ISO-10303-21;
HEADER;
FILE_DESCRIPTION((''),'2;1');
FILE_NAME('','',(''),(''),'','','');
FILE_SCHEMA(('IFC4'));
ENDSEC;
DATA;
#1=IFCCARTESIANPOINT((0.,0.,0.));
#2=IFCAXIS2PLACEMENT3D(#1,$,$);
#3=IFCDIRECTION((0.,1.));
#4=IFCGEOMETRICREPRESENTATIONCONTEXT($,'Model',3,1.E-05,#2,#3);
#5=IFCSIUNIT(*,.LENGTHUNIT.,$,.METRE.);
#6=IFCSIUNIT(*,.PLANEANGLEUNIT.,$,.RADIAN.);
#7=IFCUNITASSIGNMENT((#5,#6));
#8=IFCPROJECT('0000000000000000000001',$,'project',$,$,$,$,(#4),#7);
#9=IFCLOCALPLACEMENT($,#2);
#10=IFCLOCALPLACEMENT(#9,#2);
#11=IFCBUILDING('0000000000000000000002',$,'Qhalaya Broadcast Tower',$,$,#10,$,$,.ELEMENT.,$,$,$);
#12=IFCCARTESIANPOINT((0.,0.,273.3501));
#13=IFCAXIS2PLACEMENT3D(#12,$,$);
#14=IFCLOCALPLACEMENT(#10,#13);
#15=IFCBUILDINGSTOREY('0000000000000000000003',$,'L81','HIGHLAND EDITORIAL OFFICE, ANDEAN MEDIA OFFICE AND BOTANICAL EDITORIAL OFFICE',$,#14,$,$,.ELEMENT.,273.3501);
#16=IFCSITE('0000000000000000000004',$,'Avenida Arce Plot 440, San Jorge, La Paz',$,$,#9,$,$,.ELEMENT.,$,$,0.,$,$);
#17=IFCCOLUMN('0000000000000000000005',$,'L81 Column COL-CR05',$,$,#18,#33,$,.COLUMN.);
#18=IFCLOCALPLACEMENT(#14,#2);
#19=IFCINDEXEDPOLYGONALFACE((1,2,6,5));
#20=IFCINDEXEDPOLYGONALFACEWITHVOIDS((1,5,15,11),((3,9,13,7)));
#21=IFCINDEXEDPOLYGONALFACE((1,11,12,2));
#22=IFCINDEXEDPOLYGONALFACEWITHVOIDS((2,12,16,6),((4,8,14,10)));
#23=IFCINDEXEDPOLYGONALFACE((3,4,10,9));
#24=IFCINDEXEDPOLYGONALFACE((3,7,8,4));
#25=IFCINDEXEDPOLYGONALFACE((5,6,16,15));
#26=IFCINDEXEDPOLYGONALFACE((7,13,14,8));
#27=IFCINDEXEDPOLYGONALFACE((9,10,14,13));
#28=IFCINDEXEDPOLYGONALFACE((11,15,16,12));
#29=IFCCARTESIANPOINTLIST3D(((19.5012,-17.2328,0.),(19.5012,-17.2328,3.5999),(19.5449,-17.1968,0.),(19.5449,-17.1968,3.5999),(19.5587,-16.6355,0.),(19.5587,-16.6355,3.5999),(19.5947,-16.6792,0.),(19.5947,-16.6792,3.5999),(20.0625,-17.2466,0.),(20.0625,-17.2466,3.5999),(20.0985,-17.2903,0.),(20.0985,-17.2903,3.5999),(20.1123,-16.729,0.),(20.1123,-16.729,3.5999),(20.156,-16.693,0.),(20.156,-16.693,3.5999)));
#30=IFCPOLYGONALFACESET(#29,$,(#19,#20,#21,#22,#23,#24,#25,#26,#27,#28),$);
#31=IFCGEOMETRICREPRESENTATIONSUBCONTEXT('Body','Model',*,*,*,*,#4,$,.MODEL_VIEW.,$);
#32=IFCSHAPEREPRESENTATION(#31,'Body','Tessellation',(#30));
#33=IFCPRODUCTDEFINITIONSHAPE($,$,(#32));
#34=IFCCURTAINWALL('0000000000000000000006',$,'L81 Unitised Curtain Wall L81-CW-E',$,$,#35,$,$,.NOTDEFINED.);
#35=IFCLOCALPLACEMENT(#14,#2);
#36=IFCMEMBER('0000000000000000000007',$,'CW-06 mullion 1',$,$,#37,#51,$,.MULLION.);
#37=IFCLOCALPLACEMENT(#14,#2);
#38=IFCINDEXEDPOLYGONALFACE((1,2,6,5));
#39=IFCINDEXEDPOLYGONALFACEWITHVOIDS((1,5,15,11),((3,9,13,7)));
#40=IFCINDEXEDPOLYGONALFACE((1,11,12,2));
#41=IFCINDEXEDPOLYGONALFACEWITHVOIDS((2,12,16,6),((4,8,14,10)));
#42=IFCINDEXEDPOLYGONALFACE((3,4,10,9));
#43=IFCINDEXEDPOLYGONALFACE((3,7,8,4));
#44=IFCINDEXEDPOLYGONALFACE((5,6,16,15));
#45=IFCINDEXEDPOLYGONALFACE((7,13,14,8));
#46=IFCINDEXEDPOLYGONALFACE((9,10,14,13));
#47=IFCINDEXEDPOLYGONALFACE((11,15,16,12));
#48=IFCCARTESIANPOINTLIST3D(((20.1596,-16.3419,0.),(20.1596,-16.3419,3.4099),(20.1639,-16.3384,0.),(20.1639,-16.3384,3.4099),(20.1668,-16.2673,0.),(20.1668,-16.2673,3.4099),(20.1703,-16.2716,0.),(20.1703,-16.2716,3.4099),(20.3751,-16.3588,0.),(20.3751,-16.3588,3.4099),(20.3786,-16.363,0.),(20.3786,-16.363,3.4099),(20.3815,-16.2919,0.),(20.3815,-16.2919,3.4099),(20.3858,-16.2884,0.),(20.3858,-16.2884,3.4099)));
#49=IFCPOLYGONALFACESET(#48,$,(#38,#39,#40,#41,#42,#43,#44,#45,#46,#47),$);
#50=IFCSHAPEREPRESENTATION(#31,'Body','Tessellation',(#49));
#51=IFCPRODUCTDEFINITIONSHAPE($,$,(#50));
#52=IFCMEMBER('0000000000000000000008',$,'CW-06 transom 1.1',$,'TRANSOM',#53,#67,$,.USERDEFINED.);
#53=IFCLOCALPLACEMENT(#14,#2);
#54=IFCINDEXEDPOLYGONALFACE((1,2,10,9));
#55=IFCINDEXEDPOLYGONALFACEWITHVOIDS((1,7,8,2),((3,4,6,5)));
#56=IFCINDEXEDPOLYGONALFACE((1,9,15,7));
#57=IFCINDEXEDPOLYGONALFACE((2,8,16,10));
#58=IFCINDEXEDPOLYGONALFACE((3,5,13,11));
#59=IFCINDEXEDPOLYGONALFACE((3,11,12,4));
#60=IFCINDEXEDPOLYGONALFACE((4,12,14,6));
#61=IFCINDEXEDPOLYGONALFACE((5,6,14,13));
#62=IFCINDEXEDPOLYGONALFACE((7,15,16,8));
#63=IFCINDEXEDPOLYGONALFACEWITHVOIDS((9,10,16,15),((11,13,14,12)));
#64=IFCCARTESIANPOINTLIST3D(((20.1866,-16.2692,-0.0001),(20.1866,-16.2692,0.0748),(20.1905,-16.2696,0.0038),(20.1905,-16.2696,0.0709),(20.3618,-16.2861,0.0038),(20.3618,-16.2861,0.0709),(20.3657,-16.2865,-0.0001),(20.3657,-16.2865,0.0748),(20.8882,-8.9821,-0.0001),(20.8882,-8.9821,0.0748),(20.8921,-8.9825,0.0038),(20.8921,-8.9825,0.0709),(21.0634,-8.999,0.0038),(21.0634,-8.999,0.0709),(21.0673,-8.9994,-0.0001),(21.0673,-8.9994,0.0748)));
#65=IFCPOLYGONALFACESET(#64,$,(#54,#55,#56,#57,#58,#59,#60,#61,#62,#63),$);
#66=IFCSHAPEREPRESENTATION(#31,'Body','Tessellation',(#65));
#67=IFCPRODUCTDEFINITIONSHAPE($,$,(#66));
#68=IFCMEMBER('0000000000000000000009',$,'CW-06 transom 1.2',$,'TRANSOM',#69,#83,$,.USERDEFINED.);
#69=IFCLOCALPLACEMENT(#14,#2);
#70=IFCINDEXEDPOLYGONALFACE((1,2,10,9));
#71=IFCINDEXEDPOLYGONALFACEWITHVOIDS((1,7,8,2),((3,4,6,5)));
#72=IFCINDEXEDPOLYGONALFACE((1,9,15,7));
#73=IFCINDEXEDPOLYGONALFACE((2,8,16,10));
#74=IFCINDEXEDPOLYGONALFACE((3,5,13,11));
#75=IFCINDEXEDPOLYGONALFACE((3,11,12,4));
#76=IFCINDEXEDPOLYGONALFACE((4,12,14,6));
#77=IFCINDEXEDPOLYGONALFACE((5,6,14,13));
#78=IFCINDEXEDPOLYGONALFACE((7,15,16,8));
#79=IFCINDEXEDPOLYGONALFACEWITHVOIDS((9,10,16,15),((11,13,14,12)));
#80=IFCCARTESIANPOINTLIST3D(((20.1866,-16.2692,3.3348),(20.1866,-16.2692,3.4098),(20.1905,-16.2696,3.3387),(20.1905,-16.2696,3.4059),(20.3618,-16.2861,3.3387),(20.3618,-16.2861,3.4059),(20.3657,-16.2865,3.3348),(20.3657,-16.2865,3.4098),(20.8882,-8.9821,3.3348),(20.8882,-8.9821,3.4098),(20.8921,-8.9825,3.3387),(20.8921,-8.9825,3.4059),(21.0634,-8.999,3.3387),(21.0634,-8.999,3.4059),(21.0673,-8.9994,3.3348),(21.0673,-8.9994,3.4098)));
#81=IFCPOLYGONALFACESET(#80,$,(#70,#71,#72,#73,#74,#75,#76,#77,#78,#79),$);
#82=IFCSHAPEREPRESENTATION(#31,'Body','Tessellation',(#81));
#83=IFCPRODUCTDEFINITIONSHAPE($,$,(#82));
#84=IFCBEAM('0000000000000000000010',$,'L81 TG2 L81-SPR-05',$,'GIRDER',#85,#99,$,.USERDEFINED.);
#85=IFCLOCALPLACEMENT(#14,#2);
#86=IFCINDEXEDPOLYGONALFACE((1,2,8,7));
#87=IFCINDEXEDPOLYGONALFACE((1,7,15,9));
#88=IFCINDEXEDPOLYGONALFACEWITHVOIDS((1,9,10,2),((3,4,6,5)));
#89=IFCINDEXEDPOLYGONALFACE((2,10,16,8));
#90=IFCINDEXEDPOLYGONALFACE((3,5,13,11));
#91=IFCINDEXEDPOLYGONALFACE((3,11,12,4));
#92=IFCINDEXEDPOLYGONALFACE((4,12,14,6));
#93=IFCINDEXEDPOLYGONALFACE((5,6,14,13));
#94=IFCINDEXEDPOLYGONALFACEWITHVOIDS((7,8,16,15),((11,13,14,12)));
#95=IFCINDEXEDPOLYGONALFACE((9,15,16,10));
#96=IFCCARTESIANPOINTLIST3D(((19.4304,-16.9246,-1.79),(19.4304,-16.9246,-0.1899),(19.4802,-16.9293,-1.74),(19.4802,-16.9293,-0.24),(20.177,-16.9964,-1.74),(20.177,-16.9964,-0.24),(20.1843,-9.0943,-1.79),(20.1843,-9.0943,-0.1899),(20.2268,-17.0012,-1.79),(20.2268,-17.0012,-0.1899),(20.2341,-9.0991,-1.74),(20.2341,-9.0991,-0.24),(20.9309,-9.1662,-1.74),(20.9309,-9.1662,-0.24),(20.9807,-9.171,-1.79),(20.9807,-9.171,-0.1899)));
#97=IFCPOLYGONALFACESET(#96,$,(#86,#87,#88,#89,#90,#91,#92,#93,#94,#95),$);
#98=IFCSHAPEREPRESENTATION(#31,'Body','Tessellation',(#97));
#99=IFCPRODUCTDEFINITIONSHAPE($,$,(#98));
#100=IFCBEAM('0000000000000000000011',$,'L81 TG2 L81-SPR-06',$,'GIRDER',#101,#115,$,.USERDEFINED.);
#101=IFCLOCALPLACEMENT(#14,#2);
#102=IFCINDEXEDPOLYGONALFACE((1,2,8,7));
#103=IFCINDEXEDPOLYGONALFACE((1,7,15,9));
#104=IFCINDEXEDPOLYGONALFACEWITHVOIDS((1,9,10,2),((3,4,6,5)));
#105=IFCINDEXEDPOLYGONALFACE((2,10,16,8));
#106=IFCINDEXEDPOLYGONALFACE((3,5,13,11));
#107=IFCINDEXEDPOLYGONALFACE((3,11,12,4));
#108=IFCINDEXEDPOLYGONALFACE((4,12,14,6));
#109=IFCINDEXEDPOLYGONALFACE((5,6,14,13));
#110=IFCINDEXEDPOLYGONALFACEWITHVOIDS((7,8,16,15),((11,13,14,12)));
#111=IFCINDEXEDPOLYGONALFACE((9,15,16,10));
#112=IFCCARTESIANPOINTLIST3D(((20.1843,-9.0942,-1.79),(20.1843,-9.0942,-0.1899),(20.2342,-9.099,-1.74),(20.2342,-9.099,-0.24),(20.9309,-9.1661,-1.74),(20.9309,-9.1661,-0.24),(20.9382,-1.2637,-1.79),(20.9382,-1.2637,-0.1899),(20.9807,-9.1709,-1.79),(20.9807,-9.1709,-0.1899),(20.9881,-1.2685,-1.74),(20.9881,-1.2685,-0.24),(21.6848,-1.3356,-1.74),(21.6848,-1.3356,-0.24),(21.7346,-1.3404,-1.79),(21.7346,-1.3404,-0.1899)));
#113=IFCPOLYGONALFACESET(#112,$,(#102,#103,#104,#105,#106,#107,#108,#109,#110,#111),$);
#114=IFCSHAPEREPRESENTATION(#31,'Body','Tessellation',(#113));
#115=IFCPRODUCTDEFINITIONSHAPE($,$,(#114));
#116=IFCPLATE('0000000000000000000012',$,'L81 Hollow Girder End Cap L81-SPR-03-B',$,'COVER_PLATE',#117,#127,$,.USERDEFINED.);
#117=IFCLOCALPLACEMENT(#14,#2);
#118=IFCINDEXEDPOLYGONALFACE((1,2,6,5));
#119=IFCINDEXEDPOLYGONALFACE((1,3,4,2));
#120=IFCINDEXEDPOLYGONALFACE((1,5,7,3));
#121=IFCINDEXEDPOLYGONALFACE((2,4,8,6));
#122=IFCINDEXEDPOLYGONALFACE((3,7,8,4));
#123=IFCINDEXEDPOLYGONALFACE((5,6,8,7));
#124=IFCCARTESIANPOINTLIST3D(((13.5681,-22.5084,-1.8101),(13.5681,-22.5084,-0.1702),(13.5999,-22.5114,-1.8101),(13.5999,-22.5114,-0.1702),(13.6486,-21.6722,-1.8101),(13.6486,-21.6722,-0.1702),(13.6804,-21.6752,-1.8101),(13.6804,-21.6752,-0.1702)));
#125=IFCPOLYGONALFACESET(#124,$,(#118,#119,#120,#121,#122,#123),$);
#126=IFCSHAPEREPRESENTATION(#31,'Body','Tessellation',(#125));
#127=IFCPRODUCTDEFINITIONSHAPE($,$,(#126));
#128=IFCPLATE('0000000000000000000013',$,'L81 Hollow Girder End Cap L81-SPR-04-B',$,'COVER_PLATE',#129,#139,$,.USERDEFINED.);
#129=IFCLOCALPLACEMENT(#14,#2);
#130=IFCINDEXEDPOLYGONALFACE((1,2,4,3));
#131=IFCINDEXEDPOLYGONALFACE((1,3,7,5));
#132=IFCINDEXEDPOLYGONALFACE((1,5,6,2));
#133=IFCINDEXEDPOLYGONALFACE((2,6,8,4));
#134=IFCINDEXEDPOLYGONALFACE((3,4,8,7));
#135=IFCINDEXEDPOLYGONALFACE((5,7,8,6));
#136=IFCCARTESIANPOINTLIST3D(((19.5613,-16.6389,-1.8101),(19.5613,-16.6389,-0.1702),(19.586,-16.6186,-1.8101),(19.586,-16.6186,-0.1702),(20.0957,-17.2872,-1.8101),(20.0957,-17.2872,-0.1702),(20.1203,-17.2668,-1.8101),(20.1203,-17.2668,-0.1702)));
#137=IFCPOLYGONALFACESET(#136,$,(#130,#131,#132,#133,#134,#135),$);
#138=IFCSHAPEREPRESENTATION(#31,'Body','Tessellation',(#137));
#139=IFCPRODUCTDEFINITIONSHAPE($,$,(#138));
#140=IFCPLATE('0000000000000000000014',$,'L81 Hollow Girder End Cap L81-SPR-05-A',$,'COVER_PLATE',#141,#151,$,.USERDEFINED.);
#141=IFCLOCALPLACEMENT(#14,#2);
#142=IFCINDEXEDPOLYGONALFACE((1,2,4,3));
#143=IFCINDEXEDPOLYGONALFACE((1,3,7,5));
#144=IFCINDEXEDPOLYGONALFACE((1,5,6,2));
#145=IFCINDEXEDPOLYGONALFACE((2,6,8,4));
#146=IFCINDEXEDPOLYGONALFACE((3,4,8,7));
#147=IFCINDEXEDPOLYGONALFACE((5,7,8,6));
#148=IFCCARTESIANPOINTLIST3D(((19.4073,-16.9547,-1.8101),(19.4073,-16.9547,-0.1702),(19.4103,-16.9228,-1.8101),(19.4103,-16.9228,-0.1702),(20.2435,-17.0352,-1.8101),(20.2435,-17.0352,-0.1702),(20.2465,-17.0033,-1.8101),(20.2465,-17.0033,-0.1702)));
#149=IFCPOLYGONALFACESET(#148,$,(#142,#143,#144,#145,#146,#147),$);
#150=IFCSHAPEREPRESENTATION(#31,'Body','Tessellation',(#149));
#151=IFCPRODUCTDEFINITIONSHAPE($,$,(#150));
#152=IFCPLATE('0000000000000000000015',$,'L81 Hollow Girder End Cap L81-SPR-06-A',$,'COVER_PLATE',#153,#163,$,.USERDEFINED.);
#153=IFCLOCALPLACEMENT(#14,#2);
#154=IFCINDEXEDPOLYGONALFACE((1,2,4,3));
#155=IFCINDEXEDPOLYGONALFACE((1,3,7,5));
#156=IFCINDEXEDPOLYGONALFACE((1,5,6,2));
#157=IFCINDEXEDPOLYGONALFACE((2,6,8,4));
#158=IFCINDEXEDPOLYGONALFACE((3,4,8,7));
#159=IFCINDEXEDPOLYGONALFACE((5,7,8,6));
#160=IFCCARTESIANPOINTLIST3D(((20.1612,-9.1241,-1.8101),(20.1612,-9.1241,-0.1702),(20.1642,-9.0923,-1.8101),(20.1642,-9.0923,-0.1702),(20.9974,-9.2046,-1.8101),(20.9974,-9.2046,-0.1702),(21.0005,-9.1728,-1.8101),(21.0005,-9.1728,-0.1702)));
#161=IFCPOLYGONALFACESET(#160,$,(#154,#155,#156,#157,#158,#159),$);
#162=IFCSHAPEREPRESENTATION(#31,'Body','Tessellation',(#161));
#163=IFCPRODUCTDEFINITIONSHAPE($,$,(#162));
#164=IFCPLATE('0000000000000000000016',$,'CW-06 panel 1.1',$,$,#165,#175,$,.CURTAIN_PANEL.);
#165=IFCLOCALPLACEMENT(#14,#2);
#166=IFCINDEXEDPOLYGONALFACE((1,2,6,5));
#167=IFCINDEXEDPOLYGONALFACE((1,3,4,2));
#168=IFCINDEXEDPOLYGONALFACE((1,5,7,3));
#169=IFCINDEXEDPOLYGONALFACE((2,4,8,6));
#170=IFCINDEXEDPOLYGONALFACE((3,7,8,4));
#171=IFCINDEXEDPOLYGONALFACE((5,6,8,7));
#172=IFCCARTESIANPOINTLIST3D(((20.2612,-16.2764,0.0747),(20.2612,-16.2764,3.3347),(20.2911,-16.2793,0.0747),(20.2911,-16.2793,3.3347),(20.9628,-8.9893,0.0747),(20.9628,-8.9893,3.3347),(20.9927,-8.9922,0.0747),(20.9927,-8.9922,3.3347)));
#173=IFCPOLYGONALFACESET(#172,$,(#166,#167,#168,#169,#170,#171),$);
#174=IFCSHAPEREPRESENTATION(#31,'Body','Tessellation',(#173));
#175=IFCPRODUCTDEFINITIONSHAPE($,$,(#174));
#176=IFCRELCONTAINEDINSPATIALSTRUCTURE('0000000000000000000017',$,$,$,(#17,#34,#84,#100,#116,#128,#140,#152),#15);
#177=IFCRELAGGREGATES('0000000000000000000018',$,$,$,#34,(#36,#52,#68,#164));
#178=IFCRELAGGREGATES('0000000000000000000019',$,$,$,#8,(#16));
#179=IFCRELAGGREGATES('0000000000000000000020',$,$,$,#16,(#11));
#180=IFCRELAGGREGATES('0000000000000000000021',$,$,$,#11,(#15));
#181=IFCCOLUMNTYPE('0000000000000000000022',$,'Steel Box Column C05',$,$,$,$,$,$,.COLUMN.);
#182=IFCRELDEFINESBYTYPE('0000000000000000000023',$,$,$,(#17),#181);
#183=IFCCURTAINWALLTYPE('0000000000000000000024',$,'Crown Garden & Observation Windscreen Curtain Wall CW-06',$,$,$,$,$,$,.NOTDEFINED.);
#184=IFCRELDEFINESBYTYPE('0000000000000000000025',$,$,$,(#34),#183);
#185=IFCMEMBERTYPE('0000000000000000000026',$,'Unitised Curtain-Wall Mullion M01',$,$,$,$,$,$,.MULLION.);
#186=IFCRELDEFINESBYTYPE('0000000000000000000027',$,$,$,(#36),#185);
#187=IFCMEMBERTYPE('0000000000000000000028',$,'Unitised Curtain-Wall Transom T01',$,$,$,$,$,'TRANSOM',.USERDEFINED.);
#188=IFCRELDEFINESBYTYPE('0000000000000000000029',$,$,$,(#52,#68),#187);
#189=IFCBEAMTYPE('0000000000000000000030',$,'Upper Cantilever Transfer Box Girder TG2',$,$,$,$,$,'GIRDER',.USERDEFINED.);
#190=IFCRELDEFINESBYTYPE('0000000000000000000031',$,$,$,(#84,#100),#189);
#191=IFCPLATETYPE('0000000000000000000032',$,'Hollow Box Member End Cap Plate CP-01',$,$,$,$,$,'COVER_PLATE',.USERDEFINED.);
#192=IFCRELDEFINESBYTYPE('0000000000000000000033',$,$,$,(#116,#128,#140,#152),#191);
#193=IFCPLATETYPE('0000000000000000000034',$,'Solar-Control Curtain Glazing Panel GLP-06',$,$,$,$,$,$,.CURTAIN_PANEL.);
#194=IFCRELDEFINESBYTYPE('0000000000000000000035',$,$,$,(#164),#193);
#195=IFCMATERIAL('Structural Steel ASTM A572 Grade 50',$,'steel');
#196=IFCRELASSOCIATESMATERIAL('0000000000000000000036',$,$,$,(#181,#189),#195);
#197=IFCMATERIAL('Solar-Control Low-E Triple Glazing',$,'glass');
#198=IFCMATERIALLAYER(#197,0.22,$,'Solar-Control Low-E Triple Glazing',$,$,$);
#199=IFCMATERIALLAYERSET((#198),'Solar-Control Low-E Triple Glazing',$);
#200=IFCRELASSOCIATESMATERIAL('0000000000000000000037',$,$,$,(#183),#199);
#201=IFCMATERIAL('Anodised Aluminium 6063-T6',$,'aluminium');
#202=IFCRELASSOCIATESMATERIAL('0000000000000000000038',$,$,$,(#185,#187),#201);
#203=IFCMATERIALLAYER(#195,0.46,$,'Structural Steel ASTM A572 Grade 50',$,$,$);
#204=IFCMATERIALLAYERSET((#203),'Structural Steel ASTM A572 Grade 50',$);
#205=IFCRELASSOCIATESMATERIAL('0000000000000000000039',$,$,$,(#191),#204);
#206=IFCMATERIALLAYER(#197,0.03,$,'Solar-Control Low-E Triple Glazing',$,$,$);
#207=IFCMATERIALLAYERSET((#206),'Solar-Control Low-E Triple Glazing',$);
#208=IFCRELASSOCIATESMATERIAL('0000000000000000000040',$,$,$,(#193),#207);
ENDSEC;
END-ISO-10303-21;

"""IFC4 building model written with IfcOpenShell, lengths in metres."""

from ifc_helpers import new_model, si_unit, direction, frame, origin, origin_2d, place, context, subcontext, project, spatial, rectangle, hollow_rectangle, extrude, material, layer, layer_set, material_profile, profile_set, type_object, element, aggregate, save


model = new_model("IFC4")

# Units and contexts
model_context = context("Model", 3, precision=1e-05, world=origin(), true_north=direction((0.0, 1.0)))
body_context = subcontext(model_context, "Body", "Model", "MODEL_VIEW")
ifc_project = project(units=[si_unit("LENGTHUNIT", "METRE"), si_unit("PLANEANGLEUNIT", "RADIAN")], contexts=[model_context])

# Site, building, storey
site_placement = place(None, origin())
site = spatial("IfcSite", under=ifc_project, at=site_placement, Name="Avenida Arce Plot 440, San Jorge, La Paz", CompositionType="ELEMENT", RefElevation=0.0)
building_placement = place(site_placement, origin())
building = spatial("IfcBuilding", under=site, at=building_placement, Name="Qhalaya Broadcast Tower", CompositionType="ELEMENT")
storey_placement = place(building_placement, frame((0.0, 0.0, 273.3501)))
storey = spatial("IfcBuildingStorey", under=building, at=storey_placement, Name="L81", Description="HIGHLAND EDITORIAL OFFICE, ANDEAN MEDIA OFFICE AND BOTANICAL EDITORIAL OFFICE", CompositionType="ELEMENT", Elevation=273.3501)

# Column
ifc_material_1 = material(Name="Structural Steel ASTM A572 Grade 50", Category="steel")
ifc_material_profile_1 = material_profile(ifc_material_1, hollow_rectangle(XDim=0.6001, YDim=0.6001, WallThickness=0.04, at=origin_2d()), Name="BOX 600x600x40")
ifc_profile_set_1 = profile_set([ifc_material_profile_1], Name="Structural Steel ASTM A572 Grade 50")
column_type = type_object("IfcColumnType", Name="Steel Box Column C05", PredefinedType="COLUMN", material=ifc_profile_set_1)
column_placement = place(storey_placement, frame((19.8286, -16.9629, 0.0), z_axis=(0.0, 0.0, 1.0), x_axis=(0.095846, 0.995396, 0.0)))
element("IfcColumn", 1, at=column_placement, inside=storey, type_object=column_type, Name="L81 Column COL-CR05", PredefinedType="COLUMN", context=body_context, shape_type="SweptSolid", body=[
    extrude(hollow_rectangle(XDim=0.6001, YDim=0.6001, WallThickness=0.04, at=origin_2d()), origin(), (0.0, 0.0, 1.0), 3.5999),
])

# Curtain wall, members
ifc_material_2 = material(Name="Solar-Control Low-E Triple Glazing", Category="glass")
ifc_layer_1 = layer(ifc_material_2, 0.22, Name="Solar-Control Low-E Triple Glazing")
ifc_layer_set_1 = layer_set([ifc_layer_1], Name="Solar-Control Low-E Triple Glazing")
curtain_wall_type = type_object("IfcCurtainWallType", Name="Crown Garden & Observation Windscreen Curtain Wall CW-06", PredefinedType="NOTDEFINED", material=ifc_layer_set_1)
curtain_wall_placement = place(storey_placement, origin())
curtain_wall = element("IfcCurtainWall", 2, at=curtain_wall_placement, inside=storey, type_object=curtain_wall_type, Name="L81 Unitised Curtain Wall L81-CW-E", PredefinedType="NOTDEFINED")
ifc_material_3 = material(Name="Anodised Aluminium 6063-T6", Category="aluminium")
ifc_material_profile_2 = material_profile(ifc_material_3, hollow_rectangle(XDim=0.075, YDim=0.22, WallThickness=0.0039, at=origin_2d()), Name="ALU-MUL 75x220x4")
ifc_profile_set_2 = profile_set([ifc_material_profile_2], Name="Anodised Aluminium 6063-T6")
member_type_1 = type_object("IfcMemberType", Name="Unitised Curtain-Wall Mullion M01", PredefinedType="MULLION", material=ifc_profile_set_2)
member_1_placement = place(storey_placement, frame((20.2727, -16.3152, 0.0), z_axis=(0.0, 0.0, 1.0), x_axis=(0.095848, 0.995396, 0.0)))
member_1 = element("IfcMember", 3, at=member_1_placement, type_object=member_type_1, Name="CW-06 mullion 1", PredefinedType="MULLION", context=body_context, shape_type="SweptSolid", body=[
    extrude(hollow_rectangle(XDim=0.075, YDim=0.22, WallThickness=0.0039, at=origin_2d()), origin(), (0.0, 0.0, 1.0), 3.4099),
])
ifc_material_profile_3 = material_profile(ifc_material_3, hollow_rectangle(XDim=0.075, YDim=0.1799, WallThickness=0.0039, at=origin_2d()), Name="ALU-TRN 75x180x4")
ifc_profile_set_3 = profile_set([ifc_material_profile_3], Name="Anodised Aluminium 6063-T6")
member_type_2 = type_object("IfcMemberType", Name="Unitised Curtain-Wall Transom T01", ElementType="TRANSOM", PredefinedType="USERDEFINED", material=ifc_profile_set_3)
member_2_placement = place(storey_placement, frame((20.2761, -16.2778, 0.0374), z_axis=(0.095845, 0.995396, 0.0), x_axis=(0.0, 0.0, 1.0)))
member_2 = element("IfcMember", 4, at=member_2_placement, type_object=member_type_2, Name="CW-06 transom 1.1", ObjectType="TRANSOM", PredefinedType="USERDEFINED", context=body_context, shape_type="SweptSolid", body=[
    extrude(hollow_rectangle(XDim=0.075, YDim=0.1799, WallThickness=0.0039, at=origin_2d()), origin(), (0.0, 0.0, 1.0), 7.3208),
])
member_3_placement = place(storey_placement, frame((20.2761, -16.2778, 3.3723), z_axis=(0.095845, 0.995396, 0.0), x_axis=(0.0, 0.0, 1.0)))
member_3 = element("IfcMember", 5, at=member_3_placement, type_object=member_type_2, Name="CW-06 transom 1.2", ObjectType="TRANSOM", PredefinedType="USERDEFINED", context=body_context, shape_type="SweptSolid", body=[
    extrude(hollow_rectangle(XDim=0.075, YDim=0.1799, WallThickness=0.0039, at=origin_2d()), origin(), (0.0, 0.0, 1.0), 7.3208),
])

# Beams
ifc_material_profile_4 = material_profile(ifc_material_1, hollow_rectangle(XDim=0.8, YDim=1.6001, WallThickness=0.05, at=origin_2d()), Name="BOX 800x1600x50")
ifc_profile_set_4 = profile_set([ifc_material_profile_4], Name="Structural Steel ASTM A572 Grade 50")
beam_type = type_object("IfcBeamType", Name="Upper Cantilever Transfer Box Girder TG2", ElementType="GIRDER", PredefinedType="USERDEFINED", material=ifc_profile_set_4)
beam_1_placement = place(storey_placement, frame((19.8286, -16.9629, -0.99), z_axis=(0.095837, 0.995397, 0.0), x_axis=(-0.995397, 0.095837, 0.0)))
element("IfcBeam", 6, at=beam_1_placement, inside=storey, type_object=beam_type, Name="L81 TG2 L81-SPR-05", ObjectType="GIRDER", PredefinedType="USERDEFINED", context=body_context, shape_type="SweptSolid", body=[
    extrude(hollow_rectangle(XDim=0.8, YDim=1.6001, WallThickness=0.05, at=origin_2d()), origin(), (0.0, 0.0, 1.0), 7.8665),
])
beam_2_placement = place(storey_placement, frame((20.5825, -9.1326, -0.99), z_axis=(0.095834, 0.995397, 0.0), x_axis=(-0.995397, 0.095834, 0.0)))
element("IfcBeam", 7, at=beam_2_placement, inside=storey, type_object=beam_type, Name="L81 TG2 L81-SPR-06", ObjectType="GIRDER", PredefinedType="USERDEFINED", context=body_context, shape_type="SweptSolid", body=[
    extrude(hollow_rectangle(XDim=0.8, YDim=1.6001, WallThickness=0.05, at=origin_2d()), origin(), (0.0, 0.0, 1.0), 7.8667),
])

# Plates
ifc_layer_2 = layer(ifc_material_1, 0.46, Name="Structural Steel ASTM A572 Grade 50")
ifc_layer_set_2 = layer_set([ifc_layer_2], Name="Structural Steel ASTM A572 Grade 50")
plate_type_1 = type_object("IfcPlateType", Name="Hollow Box Member End Cap Plate CP-01", ElementType="COVER_PLATE", PredefinedType="USERDEFINED", material=ifc_layer_set_2)
for number, where, z_axis, x_axis, name in (
    (8, (13.6243, -22.0918, -1.8101), (0.0, 0.0, 1.0), (0.095846, 0.995396, 0.0), "L81 Hollow Girder End Cap L81-SPR-03-B"),
    (9, (19.8408, -16.9529, -1.8101), (0.0, 0.0, 1.0), (-0.636078, 0.771625, 0.0), "L81 Hollow Girder End Cap L81-SPR-04-B"),
    (10, (19.8269, -16.979, -1.8101), (0.0, 0.0, 1.0), (-0.995398, 0.095828, 0.0), "L81 Hollow Girder End Cap L81-SPR-05-A"),
    (11, (20.5808, -9.1484, -1.8101), (0.0, 0.0, 1.0), (-0.995396, 0.095846, 0.0), "L81 Hollow Girder End Cap L81-SPR-06-A"),
):
    element("IfcPlate", number, at=place(storey_placement, frame(where, z_axis=z_axis, x_axis=x_axis)), inside=storey, type_object=plate_type_1, Name=name, ObjectType="COVER_PLATE", PredefinedType="USERDEFINED", context=body_context, shape_type="SweptSolid", body=[
        extrude(rectangle(XDim=0.8401, YDim=0.032, at=origin_2d()), origin(), (0.0, 0.0, 1.0), 1.6399),
    ])

# Plate
ifc_layer_3 = layer(ifc_material_2, 0.03, Name="Solar-Control Low-E Triple Glazing")
ifc_layer_set_3 = layer_set([ifc_layer_3], Name="Solar-Control Low-E Triple Glazing")
plate_type_2 = type_object("IfcPlateType", Name="Solar-Control Curtain Glazing Panel GLP-06", PredefinedType="CURTAIN_PANEL", material=ifc_layer_set_3)
plate_placement = place(storey_placement, frame((20.627, -12.6343, 0.0747), z_axis=(0.0, 0.0, 1.0), x_axis=(0.095848, 0.995396, 0.0)))
plate = element("IfcPlate", 12, at=plate_placement, type_object=plate_type_2, Name="CW-06 panel 1.1", PredefinedType="CURTAIN_PANEL", context=body_context, shape_type="SweptSolid", body=[
    extrude(rectangle(XDim=7.3208, YDim=0.03, at=origin_2d()), origin(), (0.0, 0.0, 1.0), 3.26),
])
aggregate(curtain_wall, [member_1, member_2, member_3, plate])

save(model, "model.ifc")
